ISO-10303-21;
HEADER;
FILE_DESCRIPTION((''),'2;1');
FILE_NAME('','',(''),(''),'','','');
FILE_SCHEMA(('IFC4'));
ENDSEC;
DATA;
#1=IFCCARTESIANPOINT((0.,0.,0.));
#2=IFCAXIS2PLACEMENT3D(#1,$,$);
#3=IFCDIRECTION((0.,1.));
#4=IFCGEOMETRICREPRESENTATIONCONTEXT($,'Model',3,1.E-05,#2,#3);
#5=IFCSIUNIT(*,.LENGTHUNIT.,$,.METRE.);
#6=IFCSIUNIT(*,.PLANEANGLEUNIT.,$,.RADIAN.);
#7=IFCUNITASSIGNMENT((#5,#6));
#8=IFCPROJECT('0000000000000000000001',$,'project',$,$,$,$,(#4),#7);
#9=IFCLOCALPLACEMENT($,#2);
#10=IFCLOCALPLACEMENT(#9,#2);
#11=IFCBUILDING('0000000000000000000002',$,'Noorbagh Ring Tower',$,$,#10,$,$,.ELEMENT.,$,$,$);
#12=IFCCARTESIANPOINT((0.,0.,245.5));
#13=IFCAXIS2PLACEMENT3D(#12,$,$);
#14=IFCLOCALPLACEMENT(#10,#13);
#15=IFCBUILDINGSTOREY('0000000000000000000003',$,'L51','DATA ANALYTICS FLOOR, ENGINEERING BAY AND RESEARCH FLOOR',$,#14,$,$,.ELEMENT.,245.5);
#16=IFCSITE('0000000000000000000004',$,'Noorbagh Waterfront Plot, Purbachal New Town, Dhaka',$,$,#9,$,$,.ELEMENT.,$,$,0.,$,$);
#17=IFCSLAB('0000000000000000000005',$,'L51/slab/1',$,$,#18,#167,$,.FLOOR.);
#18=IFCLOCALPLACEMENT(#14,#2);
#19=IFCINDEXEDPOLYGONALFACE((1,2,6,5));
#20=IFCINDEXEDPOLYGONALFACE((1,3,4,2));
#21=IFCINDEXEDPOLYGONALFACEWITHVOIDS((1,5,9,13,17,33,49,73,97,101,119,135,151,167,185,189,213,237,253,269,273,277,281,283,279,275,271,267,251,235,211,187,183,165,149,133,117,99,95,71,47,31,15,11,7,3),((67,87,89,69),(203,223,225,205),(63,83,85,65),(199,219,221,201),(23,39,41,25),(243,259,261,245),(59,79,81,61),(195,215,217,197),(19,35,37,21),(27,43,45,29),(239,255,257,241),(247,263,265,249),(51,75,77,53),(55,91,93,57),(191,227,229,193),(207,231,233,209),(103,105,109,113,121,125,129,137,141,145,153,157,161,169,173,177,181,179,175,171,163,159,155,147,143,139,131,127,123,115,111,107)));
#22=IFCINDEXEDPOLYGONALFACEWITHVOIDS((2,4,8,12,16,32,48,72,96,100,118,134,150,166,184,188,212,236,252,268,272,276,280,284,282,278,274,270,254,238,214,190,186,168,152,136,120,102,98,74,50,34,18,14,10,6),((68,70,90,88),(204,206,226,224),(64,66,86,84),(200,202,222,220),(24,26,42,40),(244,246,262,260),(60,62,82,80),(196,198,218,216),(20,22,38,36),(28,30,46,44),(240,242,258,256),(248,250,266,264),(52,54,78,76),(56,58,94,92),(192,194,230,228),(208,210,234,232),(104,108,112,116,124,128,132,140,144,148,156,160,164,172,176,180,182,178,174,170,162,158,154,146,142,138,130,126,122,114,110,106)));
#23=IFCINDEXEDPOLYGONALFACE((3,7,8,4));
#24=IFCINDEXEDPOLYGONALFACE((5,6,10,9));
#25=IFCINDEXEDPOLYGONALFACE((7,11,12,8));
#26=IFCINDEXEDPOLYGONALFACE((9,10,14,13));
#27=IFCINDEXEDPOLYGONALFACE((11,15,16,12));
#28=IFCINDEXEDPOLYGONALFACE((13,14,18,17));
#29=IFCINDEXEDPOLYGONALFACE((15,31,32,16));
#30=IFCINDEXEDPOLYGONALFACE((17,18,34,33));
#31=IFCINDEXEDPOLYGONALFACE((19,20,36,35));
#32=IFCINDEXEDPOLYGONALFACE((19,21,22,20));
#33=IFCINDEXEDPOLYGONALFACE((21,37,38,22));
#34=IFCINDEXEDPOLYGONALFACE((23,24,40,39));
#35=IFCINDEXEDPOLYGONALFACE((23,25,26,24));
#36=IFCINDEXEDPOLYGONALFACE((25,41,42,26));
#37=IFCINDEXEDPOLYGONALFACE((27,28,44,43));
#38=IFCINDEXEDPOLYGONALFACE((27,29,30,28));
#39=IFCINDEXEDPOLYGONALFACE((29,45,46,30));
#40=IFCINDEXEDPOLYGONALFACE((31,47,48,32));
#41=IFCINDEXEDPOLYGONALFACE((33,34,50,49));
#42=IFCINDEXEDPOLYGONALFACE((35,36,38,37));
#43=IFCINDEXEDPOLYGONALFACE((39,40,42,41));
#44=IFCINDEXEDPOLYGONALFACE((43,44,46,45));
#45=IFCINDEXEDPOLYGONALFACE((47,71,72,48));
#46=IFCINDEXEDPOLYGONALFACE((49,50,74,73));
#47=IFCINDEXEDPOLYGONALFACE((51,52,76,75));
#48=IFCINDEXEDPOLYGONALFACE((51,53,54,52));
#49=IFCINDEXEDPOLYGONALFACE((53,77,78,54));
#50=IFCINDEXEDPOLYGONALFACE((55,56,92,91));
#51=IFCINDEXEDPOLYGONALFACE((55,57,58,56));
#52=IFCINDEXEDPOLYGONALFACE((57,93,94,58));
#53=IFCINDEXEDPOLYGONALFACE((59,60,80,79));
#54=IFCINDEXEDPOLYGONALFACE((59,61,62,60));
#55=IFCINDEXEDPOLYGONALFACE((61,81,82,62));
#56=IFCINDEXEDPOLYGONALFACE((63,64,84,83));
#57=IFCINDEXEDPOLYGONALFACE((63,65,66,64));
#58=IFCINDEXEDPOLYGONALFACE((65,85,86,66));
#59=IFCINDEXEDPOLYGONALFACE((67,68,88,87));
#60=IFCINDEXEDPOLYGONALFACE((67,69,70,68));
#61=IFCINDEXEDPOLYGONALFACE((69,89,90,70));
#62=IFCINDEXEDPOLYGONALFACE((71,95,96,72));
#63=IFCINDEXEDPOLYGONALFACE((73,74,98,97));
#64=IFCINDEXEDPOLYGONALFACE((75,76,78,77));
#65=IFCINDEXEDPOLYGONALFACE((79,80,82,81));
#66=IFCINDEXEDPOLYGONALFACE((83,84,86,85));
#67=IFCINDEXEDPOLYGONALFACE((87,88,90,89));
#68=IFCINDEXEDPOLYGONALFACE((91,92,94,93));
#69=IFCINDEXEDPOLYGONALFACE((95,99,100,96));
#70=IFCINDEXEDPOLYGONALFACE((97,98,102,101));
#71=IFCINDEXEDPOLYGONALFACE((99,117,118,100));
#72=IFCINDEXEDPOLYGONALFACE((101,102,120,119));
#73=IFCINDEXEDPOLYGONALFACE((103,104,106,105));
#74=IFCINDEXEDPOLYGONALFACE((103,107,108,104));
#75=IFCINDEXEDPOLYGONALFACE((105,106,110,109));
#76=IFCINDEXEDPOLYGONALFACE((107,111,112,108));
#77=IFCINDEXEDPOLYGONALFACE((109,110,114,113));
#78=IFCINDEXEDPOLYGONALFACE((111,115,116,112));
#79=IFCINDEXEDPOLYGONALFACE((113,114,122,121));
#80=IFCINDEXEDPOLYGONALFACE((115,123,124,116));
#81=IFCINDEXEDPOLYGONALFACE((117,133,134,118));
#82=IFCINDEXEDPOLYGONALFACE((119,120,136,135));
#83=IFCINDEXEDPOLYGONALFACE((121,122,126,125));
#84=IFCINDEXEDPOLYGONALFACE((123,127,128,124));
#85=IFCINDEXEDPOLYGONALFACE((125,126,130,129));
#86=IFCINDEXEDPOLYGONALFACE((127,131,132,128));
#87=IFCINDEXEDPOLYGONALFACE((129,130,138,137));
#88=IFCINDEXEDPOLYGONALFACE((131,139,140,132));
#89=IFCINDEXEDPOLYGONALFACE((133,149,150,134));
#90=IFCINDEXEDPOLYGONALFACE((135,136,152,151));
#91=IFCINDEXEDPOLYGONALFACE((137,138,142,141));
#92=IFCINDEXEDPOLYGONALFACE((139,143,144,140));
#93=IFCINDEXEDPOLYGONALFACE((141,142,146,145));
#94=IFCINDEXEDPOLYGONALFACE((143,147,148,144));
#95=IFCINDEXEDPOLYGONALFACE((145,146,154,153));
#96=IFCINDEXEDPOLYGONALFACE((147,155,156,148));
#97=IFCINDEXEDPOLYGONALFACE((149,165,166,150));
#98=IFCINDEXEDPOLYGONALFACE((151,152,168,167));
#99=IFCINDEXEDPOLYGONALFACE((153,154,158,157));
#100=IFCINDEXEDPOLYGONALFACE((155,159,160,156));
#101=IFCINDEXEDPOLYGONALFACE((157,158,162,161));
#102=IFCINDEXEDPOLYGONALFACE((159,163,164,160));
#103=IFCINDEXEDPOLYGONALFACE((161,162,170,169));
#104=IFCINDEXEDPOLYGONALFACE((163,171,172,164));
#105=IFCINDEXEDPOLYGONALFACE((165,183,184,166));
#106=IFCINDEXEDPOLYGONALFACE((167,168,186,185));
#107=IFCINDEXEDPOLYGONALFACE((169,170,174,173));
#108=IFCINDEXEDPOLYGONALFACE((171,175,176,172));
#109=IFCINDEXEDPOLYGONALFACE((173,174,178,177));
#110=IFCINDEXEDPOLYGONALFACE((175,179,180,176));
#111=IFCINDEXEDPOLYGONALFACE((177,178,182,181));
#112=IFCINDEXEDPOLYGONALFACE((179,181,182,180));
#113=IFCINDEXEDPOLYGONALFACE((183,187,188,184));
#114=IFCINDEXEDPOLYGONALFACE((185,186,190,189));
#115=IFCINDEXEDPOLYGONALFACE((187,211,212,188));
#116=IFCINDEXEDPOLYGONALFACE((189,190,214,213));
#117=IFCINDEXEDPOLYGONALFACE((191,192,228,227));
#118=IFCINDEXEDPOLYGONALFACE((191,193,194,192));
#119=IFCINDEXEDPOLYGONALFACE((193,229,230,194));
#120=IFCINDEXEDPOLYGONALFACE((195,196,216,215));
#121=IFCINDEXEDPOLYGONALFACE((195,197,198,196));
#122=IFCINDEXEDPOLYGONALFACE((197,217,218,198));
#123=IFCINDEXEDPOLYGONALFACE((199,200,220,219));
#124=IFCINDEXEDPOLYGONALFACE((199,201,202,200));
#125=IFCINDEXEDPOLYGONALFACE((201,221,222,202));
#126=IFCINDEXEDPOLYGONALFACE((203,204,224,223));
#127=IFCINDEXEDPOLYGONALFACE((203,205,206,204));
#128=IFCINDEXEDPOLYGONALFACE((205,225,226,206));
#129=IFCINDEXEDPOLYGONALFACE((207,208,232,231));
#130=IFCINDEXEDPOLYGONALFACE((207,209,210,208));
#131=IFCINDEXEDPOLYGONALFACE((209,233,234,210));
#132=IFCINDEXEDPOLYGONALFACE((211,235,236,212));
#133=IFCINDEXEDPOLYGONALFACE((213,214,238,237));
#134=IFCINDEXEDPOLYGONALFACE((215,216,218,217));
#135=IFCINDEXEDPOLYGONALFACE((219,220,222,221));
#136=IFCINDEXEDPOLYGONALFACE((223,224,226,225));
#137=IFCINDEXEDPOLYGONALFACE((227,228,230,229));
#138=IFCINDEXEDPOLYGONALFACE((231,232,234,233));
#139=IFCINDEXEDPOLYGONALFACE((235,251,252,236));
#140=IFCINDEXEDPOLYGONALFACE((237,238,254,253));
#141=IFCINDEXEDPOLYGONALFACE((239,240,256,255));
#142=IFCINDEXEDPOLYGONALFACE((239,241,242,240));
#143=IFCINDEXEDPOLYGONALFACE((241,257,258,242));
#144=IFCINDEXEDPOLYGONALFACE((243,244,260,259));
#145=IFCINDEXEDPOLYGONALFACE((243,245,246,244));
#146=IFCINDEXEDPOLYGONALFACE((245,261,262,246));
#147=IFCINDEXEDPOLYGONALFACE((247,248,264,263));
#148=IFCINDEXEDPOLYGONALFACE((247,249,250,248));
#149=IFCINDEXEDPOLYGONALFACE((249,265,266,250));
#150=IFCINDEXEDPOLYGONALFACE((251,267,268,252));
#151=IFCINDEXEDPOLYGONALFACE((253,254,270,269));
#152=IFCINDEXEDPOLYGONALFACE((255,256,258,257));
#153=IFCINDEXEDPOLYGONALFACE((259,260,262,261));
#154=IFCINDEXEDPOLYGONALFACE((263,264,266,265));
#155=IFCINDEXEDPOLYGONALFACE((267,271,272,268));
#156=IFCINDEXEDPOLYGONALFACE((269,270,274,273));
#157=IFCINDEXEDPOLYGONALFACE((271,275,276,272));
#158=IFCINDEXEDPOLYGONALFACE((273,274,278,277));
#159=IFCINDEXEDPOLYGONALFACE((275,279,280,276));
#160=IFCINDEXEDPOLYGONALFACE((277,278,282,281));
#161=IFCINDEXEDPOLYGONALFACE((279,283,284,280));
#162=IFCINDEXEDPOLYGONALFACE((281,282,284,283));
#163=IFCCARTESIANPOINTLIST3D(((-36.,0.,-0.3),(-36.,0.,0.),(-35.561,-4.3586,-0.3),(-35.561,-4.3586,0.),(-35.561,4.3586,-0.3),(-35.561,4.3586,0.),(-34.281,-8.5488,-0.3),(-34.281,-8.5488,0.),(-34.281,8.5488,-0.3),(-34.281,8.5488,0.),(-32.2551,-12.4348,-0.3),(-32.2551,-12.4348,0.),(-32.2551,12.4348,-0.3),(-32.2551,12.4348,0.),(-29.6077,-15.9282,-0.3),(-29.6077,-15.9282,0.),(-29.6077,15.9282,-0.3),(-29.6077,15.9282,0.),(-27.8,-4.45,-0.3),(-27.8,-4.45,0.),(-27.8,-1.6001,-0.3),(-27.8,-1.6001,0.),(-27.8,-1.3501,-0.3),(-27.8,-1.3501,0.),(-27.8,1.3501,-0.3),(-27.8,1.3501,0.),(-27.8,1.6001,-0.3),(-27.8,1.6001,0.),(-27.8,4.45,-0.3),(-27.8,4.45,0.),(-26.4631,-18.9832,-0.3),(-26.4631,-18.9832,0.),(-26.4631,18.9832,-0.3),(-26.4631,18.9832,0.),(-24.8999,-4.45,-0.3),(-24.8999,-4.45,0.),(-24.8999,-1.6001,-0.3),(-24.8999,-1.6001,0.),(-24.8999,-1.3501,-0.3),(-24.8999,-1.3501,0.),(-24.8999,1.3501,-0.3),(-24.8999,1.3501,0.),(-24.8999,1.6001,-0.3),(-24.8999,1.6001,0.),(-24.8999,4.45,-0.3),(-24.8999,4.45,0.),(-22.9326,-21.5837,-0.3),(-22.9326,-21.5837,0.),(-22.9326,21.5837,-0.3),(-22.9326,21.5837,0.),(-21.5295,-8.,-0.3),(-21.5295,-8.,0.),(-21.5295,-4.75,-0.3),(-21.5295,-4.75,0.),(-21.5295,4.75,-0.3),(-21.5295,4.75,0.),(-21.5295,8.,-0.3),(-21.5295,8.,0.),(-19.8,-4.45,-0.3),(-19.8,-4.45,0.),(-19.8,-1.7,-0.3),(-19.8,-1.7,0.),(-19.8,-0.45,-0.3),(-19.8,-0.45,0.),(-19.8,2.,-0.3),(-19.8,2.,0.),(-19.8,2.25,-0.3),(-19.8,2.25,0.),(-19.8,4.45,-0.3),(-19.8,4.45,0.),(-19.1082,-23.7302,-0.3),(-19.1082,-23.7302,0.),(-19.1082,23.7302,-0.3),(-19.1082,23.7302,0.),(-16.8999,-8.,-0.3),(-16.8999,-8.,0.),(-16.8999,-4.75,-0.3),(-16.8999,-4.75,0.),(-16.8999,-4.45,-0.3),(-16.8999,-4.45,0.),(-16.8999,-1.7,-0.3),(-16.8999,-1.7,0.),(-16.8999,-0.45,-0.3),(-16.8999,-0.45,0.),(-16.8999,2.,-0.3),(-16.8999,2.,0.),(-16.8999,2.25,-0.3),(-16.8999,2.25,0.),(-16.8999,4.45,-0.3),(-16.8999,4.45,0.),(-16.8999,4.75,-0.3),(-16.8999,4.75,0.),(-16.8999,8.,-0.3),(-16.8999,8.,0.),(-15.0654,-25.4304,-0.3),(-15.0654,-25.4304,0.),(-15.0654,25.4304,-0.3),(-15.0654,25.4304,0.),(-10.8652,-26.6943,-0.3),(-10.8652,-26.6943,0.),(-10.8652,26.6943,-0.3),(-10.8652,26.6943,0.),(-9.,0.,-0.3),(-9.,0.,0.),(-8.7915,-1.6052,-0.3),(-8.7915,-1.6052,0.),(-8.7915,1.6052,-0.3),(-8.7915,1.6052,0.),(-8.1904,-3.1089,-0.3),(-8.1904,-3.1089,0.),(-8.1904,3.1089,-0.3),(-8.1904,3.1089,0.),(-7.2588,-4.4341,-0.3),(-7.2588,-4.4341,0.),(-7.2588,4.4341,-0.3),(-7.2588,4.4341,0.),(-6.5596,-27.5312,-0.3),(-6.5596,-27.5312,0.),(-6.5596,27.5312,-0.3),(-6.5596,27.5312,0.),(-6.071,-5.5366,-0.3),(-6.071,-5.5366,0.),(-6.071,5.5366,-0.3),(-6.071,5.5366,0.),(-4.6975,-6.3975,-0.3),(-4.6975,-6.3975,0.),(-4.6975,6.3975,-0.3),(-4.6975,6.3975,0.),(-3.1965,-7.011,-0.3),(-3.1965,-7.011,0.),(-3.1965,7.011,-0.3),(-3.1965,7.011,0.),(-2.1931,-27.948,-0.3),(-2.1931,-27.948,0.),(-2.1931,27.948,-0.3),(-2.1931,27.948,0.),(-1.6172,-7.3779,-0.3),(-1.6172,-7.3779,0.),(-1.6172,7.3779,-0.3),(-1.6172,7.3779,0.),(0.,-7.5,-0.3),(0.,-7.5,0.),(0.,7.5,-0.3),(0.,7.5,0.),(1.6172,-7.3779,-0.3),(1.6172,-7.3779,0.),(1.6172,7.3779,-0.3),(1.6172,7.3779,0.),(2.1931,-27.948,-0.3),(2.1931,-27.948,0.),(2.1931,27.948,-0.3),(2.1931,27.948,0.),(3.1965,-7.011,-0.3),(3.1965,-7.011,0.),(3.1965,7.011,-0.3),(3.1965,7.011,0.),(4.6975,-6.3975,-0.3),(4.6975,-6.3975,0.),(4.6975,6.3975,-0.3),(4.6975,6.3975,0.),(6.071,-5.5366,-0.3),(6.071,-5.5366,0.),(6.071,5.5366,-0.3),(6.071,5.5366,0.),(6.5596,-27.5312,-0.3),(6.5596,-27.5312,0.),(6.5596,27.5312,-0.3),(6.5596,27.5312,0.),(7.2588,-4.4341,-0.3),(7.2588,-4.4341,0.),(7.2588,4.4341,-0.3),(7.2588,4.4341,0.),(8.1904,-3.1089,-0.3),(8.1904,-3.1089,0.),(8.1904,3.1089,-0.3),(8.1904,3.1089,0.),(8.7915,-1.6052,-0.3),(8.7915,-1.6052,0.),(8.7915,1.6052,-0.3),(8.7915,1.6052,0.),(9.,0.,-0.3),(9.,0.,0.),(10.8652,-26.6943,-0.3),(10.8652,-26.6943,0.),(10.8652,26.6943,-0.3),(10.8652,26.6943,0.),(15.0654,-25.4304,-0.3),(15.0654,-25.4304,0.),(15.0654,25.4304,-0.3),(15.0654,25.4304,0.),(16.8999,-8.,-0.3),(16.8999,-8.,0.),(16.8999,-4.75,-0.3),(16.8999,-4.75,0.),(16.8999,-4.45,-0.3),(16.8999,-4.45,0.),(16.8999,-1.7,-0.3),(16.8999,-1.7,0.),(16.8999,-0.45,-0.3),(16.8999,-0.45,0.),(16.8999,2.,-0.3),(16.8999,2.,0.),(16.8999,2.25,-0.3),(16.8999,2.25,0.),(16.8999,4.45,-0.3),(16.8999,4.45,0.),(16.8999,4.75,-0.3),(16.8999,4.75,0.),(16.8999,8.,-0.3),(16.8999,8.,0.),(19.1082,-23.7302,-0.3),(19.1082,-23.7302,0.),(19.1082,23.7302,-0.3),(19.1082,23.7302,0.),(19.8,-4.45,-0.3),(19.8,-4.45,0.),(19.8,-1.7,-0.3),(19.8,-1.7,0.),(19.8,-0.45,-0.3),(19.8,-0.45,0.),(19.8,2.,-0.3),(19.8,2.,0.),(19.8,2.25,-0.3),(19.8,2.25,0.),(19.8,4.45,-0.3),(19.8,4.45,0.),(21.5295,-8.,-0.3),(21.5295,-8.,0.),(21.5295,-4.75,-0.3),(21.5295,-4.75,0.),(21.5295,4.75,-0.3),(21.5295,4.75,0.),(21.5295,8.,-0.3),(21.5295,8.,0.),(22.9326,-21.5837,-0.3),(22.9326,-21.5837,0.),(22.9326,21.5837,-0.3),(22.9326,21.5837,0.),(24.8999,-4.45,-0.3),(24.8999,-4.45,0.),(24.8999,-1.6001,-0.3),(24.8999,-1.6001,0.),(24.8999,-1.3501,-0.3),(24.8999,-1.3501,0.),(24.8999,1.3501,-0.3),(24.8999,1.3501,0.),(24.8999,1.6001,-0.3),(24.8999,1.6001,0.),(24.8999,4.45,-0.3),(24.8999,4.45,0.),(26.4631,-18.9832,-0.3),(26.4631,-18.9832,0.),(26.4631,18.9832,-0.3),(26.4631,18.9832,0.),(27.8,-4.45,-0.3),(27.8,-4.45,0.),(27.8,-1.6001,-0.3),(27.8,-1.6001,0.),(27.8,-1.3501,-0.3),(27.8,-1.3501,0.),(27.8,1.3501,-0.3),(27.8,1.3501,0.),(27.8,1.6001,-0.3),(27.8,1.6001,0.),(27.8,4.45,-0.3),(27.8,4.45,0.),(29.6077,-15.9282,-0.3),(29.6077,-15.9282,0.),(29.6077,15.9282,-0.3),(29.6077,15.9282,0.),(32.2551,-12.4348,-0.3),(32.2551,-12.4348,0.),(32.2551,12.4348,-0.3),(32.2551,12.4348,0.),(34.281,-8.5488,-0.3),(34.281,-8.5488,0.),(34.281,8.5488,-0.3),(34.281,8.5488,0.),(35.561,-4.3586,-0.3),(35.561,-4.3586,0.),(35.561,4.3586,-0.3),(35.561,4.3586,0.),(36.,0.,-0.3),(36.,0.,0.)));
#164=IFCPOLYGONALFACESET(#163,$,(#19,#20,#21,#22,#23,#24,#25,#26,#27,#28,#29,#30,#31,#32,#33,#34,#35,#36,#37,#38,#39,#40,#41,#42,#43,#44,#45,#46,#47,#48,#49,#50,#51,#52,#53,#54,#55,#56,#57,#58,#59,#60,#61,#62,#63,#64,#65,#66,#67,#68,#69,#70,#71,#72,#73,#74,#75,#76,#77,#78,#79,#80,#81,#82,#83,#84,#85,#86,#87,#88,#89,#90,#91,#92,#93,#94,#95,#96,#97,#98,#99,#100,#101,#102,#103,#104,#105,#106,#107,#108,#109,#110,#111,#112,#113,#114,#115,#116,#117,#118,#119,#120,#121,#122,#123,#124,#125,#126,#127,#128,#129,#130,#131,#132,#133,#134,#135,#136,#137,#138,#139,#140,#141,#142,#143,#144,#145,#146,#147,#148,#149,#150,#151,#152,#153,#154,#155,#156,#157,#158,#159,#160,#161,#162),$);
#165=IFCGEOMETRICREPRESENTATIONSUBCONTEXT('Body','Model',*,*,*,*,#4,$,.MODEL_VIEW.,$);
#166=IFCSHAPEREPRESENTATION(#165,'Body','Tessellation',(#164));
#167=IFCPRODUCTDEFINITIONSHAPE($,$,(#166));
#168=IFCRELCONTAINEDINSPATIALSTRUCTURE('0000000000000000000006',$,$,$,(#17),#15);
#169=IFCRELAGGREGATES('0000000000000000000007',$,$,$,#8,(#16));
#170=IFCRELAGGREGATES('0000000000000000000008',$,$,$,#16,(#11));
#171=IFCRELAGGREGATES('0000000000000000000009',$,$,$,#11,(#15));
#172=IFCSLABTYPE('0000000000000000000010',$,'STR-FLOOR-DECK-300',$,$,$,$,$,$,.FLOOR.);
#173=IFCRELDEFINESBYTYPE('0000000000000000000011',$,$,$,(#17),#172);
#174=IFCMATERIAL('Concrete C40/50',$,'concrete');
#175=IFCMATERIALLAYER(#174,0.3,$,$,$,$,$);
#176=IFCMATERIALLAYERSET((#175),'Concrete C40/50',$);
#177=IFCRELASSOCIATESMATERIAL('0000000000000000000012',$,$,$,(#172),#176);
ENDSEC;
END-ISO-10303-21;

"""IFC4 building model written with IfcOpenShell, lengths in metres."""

from ifc_helpers import new_model, si_unit, direction, frame, origin, place, context, subcontext, project, spatial, polyline, outline, extrude, material, layer, layer_set, type_object, element, save


model = new_model("IFC4")

# Units and contexts
model_context = context("Model", 3, precision=1e-05, world=origin(), true_north=direction((0.0, 1.0)))
body_context = subcontext(model_context, "Body", "Model", "MODEL_VIEW")
ifc_project = project(units=[si_unit("LENGTHUNIT", "METRE"), si_unit("PLANEANGLEUNIT", "RADIAN")], contexts=[model_context])

# Site, building, storey
site_placement = place(None, origin())
site = spatial("IfcSite", under=ifc_project, at=site_placement, Name="Noorbagh Waterfront Plot, Purbachal New Town, Dhaka", CompositionType="ELEMENT", RefElevation=0.0)
building_placement = place(site_placement, origin())
building = spatial("IfcBuilding", under=site, at=building_placement, Name="Noorbagh Ring Tower", CompositionType="ELEMENT")
storey_placement = place(building_placement, frame((0.0, 0.0, 245.5)))
storey = spatial("IfcBuildingStorey", under=building, at=storey_placement, Name="L51", Description="DATA ANALYTICS FLOOR, ENGINEERING BAY AND RESEARCH FLOOR", CompositionType="ELEMENT", Elevation=245.5)

# Slab
ifc_material_1 = material(Name="Concrete C40/50", Category="concrete")
ifc_layer_1 = layer(ifc_material_1, 0.3)
ifc_layer_set_1 = layer_set([ifc_layer_1], Name="Concrete C40/50")
slab_type_1 = type_object("IfcSlabType", Name="STR-FLOOR-DECK-300", PredefinedType="FLOOR", material=ifc_layer_set_1)
slab_1_placement = place(storey_placement, frame((0.0, 0.0, -0.3)))
element("IfcSlab", 1, at=slab_1_placement, inside=storey, type_object=slab_type_1, Name="L51/slab/1", PredefinedType="FLOOR", context=body_context, shape_type="SweptSolid", body=[
    extrude(outline(polyline([(36.0, 0.0), (35.561, 4.3586), (34.281, 8.5488), (32.2551, 12.4348), (29.6077, 15.9282), (26.4631, 18.9832), (22.9326, 21.5837), (19.1082, 23.7302), (15.0654, 25.4304), (10.8652, 26.6943), (6.5596, 27.5312), (2.1931, 27.948), (-2.1931, 27.948), (-6.5596, 27.5312), (-10.8652, 26.6943), (-15.0654, 25.4304), (-19.1082, 23.7302), (-22.9326, 21.5837), (-26.4631, 18.9832), (-29.6077, 15.9282), (-32.2551, 12.4348), (-34.281, 8.5488), (-35.561, 4.3586), (-36.0, 0.0), (-35.561, -4.3586), (-34.281, -8.5488), (-32.2551, -12.4348), (-29.6077, -15.9282), (-26.4631, -18.9832), (-22.9326, -21.5837), (-19.1082, -23.7302), (-15.0654, -25.4304), (-10.8652, -26.6943), (-6.5596, -27.5312), (-2.1931, -27.948), (2.1931, -27.948), (6.5596, -27.5312), (10.8652, -26.6943), (15.0654, -25.4304), (19.1082, -23.7302), (22.9326, -21.5837), (26.4631, -18.9832), (29.6077, -15.9282), (32.2551, -12.4348), (34.281, -8.5488), (35.561, -4.3586), (36.0, 0.0)]), holes=[polyline([(24.8999, 4.45), (27.8, 4.45), (27.8, 1.6001), (24.8999, 1.6001), (24.8999, 4.45)]), polyline([(24.8999, 1.3501), (27.8, 1.3501), (27.8, -1.3501), (24.8999, -1.3501), (24.8999, 1.3501)]), polyline([(24.8999, -1.6001), (27.8, -1.6001), (27.8, -4.45), (24.8999, -4.45), (24.8999, -1.6001)]), polyline([(21.5295, -8.0), (16.8999, -8.0), (16.8999, -4.75), (21.5295, -4.75), (21.5295, -8.0)]), polyline([(16.8999, 4.75), (16.8999, 8.0), (21.5295, 8.0), (21.5295, 4.75), (16.8999, 4.75)]), polyline([(19.8, 4.45), (19.8, 2.25), (16.8999, 2.25), (16.8999, 4.45), (19.8, 4.45)]), polyline([(16.8999, 2.0), (19.8, 2.0), (19.8, -0.45), (16.8999, -0.45), (16.8999, 2.0)]), polyline([(16.8999, -1.7), (19.8, -1.7), (19.8, -4.45), (16.8999, -4.45), (16.8999, -1.7)]), polyline([(4.6975, -6.3975), (3.1965, -7.011), (1.6172, -7.3779), (0.0, -7.5), (-1.6172, -7.3779), (-3.1965, -7.011), (-4.6975, -6.3975), (-6.071, -5.5366), (-7.2588, -4.4341), (-8.1904, -3.1089), (-8.7915, -1.6052), (-9.0, 0.0), (-8.7915, 1.6052), (-8.1904, 3.1089), (-7.2588, 4.4341), (-6.071, 5.5366), (-4.6975, 6.3975), (-3.1965, 7.011), (-1.6172, 7.3779), (0.0, 7.5), (1.6172, 7.3779), (3.1965, 7.011), (4.6975, 6.3975), (6.071, 5.5366), (7.2588, 4.4341), (8.1904, 3.1089), (8.7915, 1.6052), (9.0, 0.0), (8.7915, -1.6052), (8.1904, -3.1089), (7.2588, -4.4341), (6.071, -5.5366), (4.6975, -6.3975)]), polyline([(-16.8999, 2.25), (-19.8, 2.25), (-19.8, 4.45), (-16.8999, 4.45), (-16.8999, 2.25)]), polyline([(-16.8999, -0.45), (-19.8, -0.45), (-19.8, 2.0), (-16.8999, 2.0), (-16.8999, -0.45)]), polyline([(-16.8999, -4.45), (-19.8, -4.45), (-19.8, -1.7), (-16.8999, -1.7), (-16.8999, -4.45)]), polyline([(-21.5295, 8.0), (-16.8999, 8.0), (-16.8999, 4.75), (-21.5295, 4.75), (-21.5295, 8.0)]), polyline([(-21.5295, -4.75), (-16.8999, -4.75), (-16.8999, -8.0), (-21.5295, -8.0), (-21.5295, -4.75)]), polyline([(-24.8999, -4.45), (-27.8, -4.45), (-27.8, -1.6001), (-24.8999, -1.6001), (-24.8999, -4.45)]), polyline([(-24.8999, 1.6001), (-27.8, 1.6001), (-27.8, 4.45), (-24.8999, 4.45), (-24.8999, 1.6001)]), polyline([(-24.8999, -1.3501), (-27.8, -1.3501), (-27.8, 1.3501), (-24.8999, 1.3501), (-24.8999, -1.3501)])]), origin(), (0.0, 0.0, 1.0), 0.3),
])

save(model, "model.ifc")
